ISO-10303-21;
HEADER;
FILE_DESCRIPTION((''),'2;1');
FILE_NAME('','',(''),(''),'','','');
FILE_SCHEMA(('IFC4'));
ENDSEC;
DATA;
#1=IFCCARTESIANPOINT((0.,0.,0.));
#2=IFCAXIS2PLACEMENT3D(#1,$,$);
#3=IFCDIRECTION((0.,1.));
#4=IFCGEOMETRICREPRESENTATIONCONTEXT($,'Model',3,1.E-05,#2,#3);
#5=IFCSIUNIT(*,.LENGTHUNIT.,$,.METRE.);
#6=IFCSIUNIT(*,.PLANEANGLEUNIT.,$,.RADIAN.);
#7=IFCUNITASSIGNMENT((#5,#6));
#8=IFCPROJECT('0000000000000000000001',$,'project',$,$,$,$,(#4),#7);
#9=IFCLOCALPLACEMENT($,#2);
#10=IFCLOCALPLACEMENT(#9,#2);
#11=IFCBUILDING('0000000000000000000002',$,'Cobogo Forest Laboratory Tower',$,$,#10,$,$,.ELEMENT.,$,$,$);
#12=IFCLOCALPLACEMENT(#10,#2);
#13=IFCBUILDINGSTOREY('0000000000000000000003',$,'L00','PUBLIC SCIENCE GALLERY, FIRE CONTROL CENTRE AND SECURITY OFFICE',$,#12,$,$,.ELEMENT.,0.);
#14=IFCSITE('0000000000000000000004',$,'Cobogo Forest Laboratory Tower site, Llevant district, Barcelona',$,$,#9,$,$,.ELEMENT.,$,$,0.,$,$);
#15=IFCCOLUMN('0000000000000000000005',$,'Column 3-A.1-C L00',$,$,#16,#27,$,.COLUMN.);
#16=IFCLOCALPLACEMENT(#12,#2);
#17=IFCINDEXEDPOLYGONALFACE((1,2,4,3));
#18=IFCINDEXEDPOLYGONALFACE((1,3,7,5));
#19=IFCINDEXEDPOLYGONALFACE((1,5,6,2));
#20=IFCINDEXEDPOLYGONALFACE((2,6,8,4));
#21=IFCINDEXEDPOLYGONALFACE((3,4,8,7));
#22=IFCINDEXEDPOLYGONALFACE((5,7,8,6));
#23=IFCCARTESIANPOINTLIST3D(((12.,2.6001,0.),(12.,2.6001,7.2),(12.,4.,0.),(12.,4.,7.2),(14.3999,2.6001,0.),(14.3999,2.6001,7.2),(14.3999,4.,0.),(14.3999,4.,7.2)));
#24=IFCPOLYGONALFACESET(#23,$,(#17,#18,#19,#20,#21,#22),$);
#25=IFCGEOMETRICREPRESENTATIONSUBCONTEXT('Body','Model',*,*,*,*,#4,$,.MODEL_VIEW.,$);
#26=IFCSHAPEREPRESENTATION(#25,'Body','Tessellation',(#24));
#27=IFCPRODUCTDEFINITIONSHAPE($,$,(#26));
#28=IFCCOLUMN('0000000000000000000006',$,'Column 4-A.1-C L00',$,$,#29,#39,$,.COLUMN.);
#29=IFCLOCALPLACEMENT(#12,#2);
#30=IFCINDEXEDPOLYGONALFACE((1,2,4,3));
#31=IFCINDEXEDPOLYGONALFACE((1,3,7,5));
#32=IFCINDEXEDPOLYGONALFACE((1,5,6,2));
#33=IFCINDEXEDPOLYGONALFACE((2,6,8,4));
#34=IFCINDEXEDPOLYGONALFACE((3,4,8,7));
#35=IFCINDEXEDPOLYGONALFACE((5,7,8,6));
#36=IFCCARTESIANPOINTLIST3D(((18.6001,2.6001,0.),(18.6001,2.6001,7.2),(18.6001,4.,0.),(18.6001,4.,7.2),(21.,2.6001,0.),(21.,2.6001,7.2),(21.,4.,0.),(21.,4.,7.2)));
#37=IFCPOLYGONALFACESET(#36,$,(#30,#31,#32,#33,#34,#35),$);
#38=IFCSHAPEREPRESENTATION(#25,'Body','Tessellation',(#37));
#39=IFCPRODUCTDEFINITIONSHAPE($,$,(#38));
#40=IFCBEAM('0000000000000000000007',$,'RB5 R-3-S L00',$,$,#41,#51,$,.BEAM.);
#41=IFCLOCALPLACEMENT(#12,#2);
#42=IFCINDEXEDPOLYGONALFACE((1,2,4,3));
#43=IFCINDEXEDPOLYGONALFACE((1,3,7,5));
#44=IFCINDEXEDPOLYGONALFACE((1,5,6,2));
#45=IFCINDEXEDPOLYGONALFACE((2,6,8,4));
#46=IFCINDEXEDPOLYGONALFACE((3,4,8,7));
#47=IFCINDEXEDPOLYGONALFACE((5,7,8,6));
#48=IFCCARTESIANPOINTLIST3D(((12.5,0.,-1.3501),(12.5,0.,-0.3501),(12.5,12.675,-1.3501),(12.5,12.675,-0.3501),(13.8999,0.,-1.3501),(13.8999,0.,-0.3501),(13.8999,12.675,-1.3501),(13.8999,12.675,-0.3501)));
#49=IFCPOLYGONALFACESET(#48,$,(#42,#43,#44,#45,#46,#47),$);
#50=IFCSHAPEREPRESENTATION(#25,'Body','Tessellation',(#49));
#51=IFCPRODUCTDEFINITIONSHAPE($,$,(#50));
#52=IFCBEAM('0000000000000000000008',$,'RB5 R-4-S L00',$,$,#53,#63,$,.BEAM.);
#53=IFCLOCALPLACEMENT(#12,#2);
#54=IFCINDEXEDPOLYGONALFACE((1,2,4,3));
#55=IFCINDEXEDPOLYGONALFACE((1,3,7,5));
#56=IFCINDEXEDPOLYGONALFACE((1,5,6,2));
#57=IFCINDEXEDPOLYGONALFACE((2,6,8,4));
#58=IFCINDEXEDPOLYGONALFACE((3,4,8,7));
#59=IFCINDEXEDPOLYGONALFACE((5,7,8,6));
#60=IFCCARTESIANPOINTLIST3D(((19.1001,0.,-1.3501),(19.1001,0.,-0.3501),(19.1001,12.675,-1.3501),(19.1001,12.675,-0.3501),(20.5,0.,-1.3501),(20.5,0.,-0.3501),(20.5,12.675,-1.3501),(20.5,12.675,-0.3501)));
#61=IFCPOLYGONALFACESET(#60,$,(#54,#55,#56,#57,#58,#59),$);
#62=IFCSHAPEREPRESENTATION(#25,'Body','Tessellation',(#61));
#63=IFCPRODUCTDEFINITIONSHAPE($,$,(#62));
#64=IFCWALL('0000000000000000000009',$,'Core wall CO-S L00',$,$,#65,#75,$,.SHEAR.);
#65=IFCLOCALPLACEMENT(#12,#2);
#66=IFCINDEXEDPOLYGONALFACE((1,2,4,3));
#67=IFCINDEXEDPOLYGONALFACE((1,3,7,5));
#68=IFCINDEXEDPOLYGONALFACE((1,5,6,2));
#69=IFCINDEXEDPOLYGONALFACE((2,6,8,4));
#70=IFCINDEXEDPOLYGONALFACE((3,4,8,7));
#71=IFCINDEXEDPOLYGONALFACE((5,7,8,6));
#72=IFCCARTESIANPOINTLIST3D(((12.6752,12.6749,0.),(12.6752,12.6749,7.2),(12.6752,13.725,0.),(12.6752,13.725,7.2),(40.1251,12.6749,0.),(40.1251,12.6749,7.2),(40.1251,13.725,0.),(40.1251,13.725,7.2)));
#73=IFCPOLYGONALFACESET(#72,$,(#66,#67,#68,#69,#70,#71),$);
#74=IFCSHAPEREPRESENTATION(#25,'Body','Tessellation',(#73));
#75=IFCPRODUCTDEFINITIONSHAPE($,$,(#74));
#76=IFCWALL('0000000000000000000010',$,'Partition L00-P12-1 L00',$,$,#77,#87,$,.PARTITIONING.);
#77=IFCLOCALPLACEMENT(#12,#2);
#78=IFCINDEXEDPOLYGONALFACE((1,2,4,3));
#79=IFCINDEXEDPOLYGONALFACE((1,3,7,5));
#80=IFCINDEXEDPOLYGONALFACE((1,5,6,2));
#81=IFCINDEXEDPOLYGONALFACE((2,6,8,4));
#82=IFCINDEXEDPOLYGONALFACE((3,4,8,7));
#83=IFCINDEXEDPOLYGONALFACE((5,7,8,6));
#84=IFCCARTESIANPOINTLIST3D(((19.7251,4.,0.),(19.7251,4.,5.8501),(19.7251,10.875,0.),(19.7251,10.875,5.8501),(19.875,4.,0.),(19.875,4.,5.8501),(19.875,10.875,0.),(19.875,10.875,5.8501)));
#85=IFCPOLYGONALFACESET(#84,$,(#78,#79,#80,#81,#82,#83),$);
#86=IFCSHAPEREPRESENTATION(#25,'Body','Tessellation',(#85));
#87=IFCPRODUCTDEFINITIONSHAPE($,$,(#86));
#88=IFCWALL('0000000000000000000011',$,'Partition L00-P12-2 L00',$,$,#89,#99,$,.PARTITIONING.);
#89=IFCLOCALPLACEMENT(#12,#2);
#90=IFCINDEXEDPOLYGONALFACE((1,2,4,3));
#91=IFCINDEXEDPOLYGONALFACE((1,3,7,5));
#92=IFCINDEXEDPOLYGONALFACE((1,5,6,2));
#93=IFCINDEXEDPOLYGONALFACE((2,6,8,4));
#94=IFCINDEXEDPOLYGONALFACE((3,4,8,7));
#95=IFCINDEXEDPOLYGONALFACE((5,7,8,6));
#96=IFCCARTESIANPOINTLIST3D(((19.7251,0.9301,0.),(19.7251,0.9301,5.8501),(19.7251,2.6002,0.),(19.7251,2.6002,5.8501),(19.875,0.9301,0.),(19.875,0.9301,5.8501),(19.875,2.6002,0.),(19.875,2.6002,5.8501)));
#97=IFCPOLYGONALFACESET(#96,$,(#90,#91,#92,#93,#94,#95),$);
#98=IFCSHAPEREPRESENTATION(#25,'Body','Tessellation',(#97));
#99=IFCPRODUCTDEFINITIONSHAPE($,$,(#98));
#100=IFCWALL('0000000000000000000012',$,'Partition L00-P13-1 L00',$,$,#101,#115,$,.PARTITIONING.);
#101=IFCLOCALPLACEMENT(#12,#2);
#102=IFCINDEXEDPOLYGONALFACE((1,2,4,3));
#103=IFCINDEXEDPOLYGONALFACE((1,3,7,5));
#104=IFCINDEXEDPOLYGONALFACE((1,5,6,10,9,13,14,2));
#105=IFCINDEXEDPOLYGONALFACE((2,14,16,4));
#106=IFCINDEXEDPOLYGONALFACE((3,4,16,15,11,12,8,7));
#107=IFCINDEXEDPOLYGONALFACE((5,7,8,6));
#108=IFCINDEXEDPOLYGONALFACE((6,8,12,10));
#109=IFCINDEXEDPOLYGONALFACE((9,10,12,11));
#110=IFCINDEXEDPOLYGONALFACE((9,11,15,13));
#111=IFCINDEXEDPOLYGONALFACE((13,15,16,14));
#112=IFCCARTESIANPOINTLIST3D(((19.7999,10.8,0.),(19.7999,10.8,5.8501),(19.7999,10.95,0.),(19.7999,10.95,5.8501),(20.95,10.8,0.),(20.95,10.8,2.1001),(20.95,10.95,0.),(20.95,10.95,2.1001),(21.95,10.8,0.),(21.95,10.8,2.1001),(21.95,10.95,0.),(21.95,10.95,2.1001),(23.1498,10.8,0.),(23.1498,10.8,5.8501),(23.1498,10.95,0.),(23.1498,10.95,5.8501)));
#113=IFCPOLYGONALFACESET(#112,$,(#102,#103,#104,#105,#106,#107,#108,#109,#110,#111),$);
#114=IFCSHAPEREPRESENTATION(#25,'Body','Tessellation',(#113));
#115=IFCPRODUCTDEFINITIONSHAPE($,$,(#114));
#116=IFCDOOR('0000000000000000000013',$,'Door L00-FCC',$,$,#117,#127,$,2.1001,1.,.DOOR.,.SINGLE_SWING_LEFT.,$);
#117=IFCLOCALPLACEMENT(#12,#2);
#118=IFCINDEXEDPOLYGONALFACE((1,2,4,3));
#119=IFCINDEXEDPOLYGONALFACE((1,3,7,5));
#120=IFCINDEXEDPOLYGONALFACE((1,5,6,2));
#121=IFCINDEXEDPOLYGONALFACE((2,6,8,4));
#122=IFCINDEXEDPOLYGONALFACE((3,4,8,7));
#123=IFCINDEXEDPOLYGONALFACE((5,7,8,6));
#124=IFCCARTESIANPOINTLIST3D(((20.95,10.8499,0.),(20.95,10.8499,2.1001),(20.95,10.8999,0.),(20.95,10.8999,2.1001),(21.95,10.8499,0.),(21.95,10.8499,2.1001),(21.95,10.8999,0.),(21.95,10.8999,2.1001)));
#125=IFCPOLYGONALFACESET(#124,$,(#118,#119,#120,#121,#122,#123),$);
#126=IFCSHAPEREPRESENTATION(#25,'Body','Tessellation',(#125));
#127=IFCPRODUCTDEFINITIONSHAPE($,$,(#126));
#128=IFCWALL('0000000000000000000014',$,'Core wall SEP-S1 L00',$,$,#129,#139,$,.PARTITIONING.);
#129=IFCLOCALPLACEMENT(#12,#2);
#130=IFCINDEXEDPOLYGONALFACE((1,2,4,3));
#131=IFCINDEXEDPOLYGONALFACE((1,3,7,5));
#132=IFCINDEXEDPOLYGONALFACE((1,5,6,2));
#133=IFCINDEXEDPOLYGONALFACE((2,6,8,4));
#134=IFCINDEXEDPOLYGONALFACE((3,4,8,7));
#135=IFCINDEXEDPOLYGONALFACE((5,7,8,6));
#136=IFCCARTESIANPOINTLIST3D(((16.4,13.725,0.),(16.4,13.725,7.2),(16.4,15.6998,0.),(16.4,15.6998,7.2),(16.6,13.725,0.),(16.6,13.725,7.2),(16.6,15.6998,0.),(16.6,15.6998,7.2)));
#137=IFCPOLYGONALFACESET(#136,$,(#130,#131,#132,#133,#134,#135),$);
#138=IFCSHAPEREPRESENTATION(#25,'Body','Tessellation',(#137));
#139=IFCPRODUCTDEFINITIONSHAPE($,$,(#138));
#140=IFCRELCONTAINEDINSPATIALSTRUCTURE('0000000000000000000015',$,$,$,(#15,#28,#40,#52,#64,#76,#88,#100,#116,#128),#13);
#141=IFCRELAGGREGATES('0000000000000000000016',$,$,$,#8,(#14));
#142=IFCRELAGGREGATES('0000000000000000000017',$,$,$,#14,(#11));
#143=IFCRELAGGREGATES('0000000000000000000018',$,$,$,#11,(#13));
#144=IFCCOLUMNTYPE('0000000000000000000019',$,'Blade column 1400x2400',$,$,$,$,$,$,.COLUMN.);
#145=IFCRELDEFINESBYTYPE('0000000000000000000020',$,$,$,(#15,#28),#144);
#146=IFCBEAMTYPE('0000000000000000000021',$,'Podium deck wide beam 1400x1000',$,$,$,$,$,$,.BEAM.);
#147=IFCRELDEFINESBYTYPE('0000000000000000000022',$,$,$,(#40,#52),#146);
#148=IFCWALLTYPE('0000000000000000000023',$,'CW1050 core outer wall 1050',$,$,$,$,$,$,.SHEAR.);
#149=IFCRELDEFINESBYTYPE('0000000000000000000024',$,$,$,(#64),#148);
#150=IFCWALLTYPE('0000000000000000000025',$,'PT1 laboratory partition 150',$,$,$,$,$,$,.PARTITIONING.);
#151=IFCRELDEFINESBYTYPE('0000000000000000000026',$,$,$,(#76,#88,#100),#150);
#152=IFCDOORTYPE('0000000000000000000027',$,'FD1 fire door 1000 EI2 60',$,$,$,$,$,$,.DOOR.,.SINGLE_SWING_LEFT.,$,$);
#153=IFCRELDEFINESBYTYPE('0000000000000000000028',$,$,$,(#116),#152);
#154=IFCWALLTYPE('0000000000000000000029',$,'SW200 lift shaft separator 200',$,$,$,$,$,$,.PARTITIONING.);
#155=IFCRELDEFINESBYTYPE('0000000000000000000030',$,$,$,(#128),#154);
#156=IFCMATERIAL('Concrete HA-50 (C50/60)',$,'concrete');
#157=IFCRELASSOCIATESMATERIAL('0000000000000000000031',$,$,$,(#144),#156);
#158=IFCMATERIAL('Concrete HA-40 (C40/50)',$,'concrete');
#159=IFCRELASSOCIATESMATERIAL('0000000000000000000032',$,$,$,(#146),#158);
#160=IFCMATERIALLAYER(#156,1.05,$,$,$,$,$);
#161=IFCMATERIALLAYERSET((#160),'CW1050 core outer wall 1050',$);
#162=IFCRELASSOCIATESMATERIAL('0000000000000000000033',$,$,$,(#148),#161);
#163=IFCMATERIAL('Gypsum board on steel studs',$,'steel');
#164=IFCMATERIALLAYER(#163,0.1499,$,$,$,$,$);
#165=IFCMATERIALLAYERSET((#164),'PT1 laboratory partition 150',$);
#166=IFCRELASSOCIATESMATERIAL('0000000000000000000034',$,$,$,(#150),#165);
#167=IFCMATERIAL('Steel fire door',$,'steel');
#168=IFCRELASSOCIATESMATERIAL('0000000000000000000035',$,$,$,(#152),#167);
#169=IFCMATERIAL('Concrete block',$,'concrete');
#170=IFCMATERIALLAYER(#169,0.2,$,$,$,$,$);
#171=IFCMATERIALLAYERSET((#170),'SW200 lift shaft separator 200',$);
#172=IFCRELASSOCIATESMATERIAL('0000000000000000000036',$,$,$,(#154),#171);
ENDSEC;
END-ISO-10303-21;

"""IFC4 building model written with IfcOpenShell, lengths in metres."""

from ifc_helpers import new_model, si_unit, direction, frame, frame_2d, origin, origin_2d, place, context, subcontext, project, spatial, rectangle, extrude, material, layer, layer_set, material_profile, profile_set, type_object, element, fill, save


model = new_model("IFC4")

# Units and contexts
model_context = context("Model", 3, precision=1e-05, world=origin(), true_north=direction((0.0, 1.0)))
body_context = subcontext(model_context, "Body", "Model", "MODEL_VIEW")
ifc_project = project(units=[si_unit("LENGTHUNIT", "METRE"), si_unit("PLANEANGLEUNIT", "RADIAN")], contexts=[model_context])

# Site, building, storey
site_placement = place(None, origin())
site = spatial("IfcSite", under=ifc_project, at=site_placement, Name="Cobogo Forest Laboratory Tower site, Llevant district, Barcelona", CompositionType="ELEMENT", RefElevation=0.0)
building_placement = place(site_placement, origin())
building = spatial("IfcBuilding", under=site, at=building_placement, Name="Cobogo Forest Laboratory Tower", CompositionType="ELEMENT")
storey_placement = place(building_placement, origin())
storey = spatial("IfcBuildingStorey", under=building, at=storey_placement, Name="L00", Description="PUBLIC SCIENCE GALLERY, FIRE CONTROL CENTRE AND SECURITY OFFICE", CompositionType="ELEMENT", Elevation=0.0)

# Columns
ifc_material_1 = material(Name="Concrete HA-50 (C50/60)", Category="concrete")
ifc_material_profile_1 = material_profile(ifc_material_1, rectangle(XDim=2.3999, YDim=1.3999, at=origin_2d()), Name="RC 1400x2400")
ifc_profile_set_1 = profile_set([ifc_material_profile_1], Name="Concrete HA-50 (C50/60)")
column_type = type_object("IfcColumnType", Name="Blade column 1400x2400", PredefinedType="COLUMN", material=ifc_profile_set_1)
for number, where, z_axis, x_axis, name in (
    (1, (13.2, 3.3, 0.0), (0.0, 0.0, 1.0), (1.0, 0.0, 0.0), "Column 3-A.1-C L00"),
    (2, (19.8, 3.3, 0.0), (0.0, 0.0, 1.0), (1.0, 0.0, 0.0), "Column 4-A.1-C L00"),
):
    element("IfcColumn", number, at=place(storey_placement, frame(where, z_axis=z_axis, x_axis=x_axis)), inside=storey, type_object=column_type, Name=name, PredefinedType="COLUMN", context=body_context, shape_type="SweptSolid", body=[
        extrude(rectangle(XDim=2.3999, YDim=1.3999, at=origin_2d()), origin(), (0.0, 0.0, 1.0), 7.2),
    ])

# Beams
ifc_material_2 = material(Name="Concrete HA-40 (C40/50)", Category="concrete")
ifc_material_profile_2 = material_profile(ifc_material_2, rectangle(XDim=1.3999, YDim=1.0, at=origin_2d()), Name="RC 1400x1000")
ifc_profile_set_2 = profile_set([ifc_material_profile_2], Name="Concrete HA-40 (C40/50)")
beam_type = type_object("IfcBeamType", Name="Podium deck wide beam 1400x1000", PredefinedType="BEAM", material=ifc_profile_set_2)
for number, where, z_axis, x_axis, name in (
    (3, (13.2, 12.675, -0.8501), (0.0, -1.0, 0.0), (1.0, 0.0, 0.0), "RB5 R-3-S L00"),
    (4, (19.8, 12.675, -0.8501), (0.0, -1.0, 0.0), (1.0, 0.0, 0.0), "RB5 R-4-S L00"),
):
    element("IfcBeam", number, at=place(storey_placement, frame(where, z_axis=z_axis, x_axis=x_axis)), inside=storey, type_object=beam_type, Name=name, PredefinedType="BEAM", context=body_context, shape_type="SweptSolid", body=[
        extrude(rectangle(XDim=1.3999, YDim=1.0, at=origin_2d()), origin(), (0.0, 0.0, 1.0), 12.675),
    ])

# Walls
ifc_layer_1 = layer(ifc_material_1, 1.05)
ifc_layer_set_1 = layer_set([ifc_layer_1], Name="CW1050 core outer wall 1050")
wall_type_1 = type_object("IfcWallType", Name="CW1050 core outer wall 1050", PredefinedType="SHEAR", material=ifc_layer_set_1)
wall_1_placement = place(storey_placement, frame((12.675, 13.2, 0.0), z_axis=(0.0, 0.0, 1.0), x_axis=(1.0, 0.0, 0.0)))
element("IfcWall", 5, at=wall_1_placement, inside=storey, type_object=wall_type_1, Name="Core wall CO-S L00", PredefinedType="SHEAR", context=body_context, shape_type="SweptSolid", body=[
    extrude(rectangle(XDim=27.45, YDim=1.05, at=frame_2d((13.7251, 0.0))), origin(), (0.0, 0.0, 1.0), 7.2),
])
ifc_material_3 = material(Name="Gypsum board on steel studs", Category="steel")
ifc_layer_2 = layer(ifc_material_3, 0.1499)
ifc_layer_set_2 = layer_set([ifc_layer_2], Name="PT1 laboratory partition 150")
wall_type_2 = type_object("IfcWallType", Name="PT1 laboratory partition 150", PredefinedType="PARTITIONING", material=ifc_layer_set_2)
wall_2_placement = place(storey_placement, frame((19.8, 10.875, 0.0), z_axis=(0.0, 0.0, 1.0), x_axis=(0.0, -1.0, 0.0)))
element("IfcWall", 6, at=wall_2_placement, inside=storey, type_object=wall_type_2, Name="Partition L00-P12-1 L00", PredefinedType="PARTITIONING", context=body_context, shape_type="SweptSolid", body=[
    extrude(rectangle(XDim=6.875, YDim=0.1499, at=frame_2d((3.4375, 0.0))), origin(), (0.0, 0.0, 1.0), 5.8501),
])
wall_3_placement = place(storey_placement, frame((19.8, 2.6001, 0.0), z_axis=(0.0, 0.0, 1.0), x_axis=(0.0, -1.0, 0.0)))
element("IfcWall", 7, at=wall_3_placement, inside=storey, type_object=wall_type_2, Name="Partition L00-P12-2 L00", PredefinedType="PARTITIONING", context=body_context, shape_type="SweptSolid", body=[
    extrude(rectangle(XDim=1.6702, YDim=0.1499, at=frame_2d((0.835, 0.0))), origin(), (0.0, 0.0, 1.0), 5.8501),
])

# Wall, opening, door
wall_4_placement = place(storey_placement, frame((19.8, 10.875, 0.0), z_axis=(0.0, 0.0, 1.0), x_axis=(1.0, 0.0, 0.0)))
wall_4 = element("IfcWall", 8, at=wall_4_placement, inside=storey, type_object=wall_type_2, Name="Partition L00-P13-1 L00", PredefinedType="PARTITIONING", context=body_context, shape_type="SweptSolid", body=[
    extrude(rectangle(XDim=3.3499, YDim=0.1499, at=frame_2d((1.6748, 0.0))), origin(), (0.0, 0.0, 1.0), 5.8501),
])
opening_placement = place(wall_4_placement, frame((1.1499, 0.0, 0.0)))
opening = element("IfcOpeningElement", 9, at=opening_placement, cuts=wall_4, PredefinedType="OPENING", context=body_context, shape_type="SweptSolid", body=[
    extrude(rectangle(XDim=1.0, YDim=2.1001, at=frame_2d((0.5, 1.05))), frame((0.0, 0.085, 0.0), z_axis=(0.0, -1.0, 0.0), x_axis=(1.0, 0.0, 0.0)), (0.0, 0.0, 1.0), 0.1699),
])
ifc_material_4 = material(Name="Steel fire door", Category="steel")
door_type = type_object("IfcDoorType", Name="FD1 fire door 1000 EI2 60", OperationType="SINGLE_SWING_LEFT", PredefinedType="DOOR", material=ifc_material_4)
door_placement = place(opening_placement, origin())
door = element("IfcDoor", 10, at=door_placement, inside=storey, type_object=door_type, Name="Door L00-FCC", OperationType="SINGLE_SWING_LEFT", OverallHeight=2.1001, OverallWidth=1.0, PredefinedType="DOOR", context=body_context, shape_type="SweptSolid", body=[
    extrude(rectangle(XDim=1.0, YDim=2.1001, at=frame_2d((0.5, 1.05))), frame((0.0, 0.0249, 0.0), z_axis=(0.0, -1.0, 0.0), x_axis=(1.0, 0.0, 0.0)), (0.0, 0.0, 1.0), 0.05),
])
fill(opening, door)

# Wall
ifc_material_5 = material(Name="Concrete block", Category="concrete")
ifc_layer_3 = layer(ifc_material_5, 0.2)
ifc_layer_set_3 = layer_set([ifc_layer_3], Name="SW200 lift shaft separator 200")
wall_type_3 = type_object("IfcWallType", Name="SW200 lift shaft separator 200", PredefinedType="PARTITIONING", material=ifc_layer_set_3)
wall_5_placement = place(storey_placement, frame((16.5, 13.7251, 0.0), z_axis=(0.0, 0.0, 1.0), x_axis=(0.0, 1.0, 0.0)))
element("IfcWall", 11, at=wall_5_placement, inside=storey, type_object=wall_type_3, Name="Core wall SEP-S1 L00", PredefinedType="PARTITIONING", context=body_context, shape_type="SweptSolid", body=[
    extrude(rectangle(XDim=1.9749, YDim=0.2, at=frame_2d((0.9873, 0.0))), origin(), (0.0, 0.0, 1.0), 7.2),
])

save(model, "model.ifc")
